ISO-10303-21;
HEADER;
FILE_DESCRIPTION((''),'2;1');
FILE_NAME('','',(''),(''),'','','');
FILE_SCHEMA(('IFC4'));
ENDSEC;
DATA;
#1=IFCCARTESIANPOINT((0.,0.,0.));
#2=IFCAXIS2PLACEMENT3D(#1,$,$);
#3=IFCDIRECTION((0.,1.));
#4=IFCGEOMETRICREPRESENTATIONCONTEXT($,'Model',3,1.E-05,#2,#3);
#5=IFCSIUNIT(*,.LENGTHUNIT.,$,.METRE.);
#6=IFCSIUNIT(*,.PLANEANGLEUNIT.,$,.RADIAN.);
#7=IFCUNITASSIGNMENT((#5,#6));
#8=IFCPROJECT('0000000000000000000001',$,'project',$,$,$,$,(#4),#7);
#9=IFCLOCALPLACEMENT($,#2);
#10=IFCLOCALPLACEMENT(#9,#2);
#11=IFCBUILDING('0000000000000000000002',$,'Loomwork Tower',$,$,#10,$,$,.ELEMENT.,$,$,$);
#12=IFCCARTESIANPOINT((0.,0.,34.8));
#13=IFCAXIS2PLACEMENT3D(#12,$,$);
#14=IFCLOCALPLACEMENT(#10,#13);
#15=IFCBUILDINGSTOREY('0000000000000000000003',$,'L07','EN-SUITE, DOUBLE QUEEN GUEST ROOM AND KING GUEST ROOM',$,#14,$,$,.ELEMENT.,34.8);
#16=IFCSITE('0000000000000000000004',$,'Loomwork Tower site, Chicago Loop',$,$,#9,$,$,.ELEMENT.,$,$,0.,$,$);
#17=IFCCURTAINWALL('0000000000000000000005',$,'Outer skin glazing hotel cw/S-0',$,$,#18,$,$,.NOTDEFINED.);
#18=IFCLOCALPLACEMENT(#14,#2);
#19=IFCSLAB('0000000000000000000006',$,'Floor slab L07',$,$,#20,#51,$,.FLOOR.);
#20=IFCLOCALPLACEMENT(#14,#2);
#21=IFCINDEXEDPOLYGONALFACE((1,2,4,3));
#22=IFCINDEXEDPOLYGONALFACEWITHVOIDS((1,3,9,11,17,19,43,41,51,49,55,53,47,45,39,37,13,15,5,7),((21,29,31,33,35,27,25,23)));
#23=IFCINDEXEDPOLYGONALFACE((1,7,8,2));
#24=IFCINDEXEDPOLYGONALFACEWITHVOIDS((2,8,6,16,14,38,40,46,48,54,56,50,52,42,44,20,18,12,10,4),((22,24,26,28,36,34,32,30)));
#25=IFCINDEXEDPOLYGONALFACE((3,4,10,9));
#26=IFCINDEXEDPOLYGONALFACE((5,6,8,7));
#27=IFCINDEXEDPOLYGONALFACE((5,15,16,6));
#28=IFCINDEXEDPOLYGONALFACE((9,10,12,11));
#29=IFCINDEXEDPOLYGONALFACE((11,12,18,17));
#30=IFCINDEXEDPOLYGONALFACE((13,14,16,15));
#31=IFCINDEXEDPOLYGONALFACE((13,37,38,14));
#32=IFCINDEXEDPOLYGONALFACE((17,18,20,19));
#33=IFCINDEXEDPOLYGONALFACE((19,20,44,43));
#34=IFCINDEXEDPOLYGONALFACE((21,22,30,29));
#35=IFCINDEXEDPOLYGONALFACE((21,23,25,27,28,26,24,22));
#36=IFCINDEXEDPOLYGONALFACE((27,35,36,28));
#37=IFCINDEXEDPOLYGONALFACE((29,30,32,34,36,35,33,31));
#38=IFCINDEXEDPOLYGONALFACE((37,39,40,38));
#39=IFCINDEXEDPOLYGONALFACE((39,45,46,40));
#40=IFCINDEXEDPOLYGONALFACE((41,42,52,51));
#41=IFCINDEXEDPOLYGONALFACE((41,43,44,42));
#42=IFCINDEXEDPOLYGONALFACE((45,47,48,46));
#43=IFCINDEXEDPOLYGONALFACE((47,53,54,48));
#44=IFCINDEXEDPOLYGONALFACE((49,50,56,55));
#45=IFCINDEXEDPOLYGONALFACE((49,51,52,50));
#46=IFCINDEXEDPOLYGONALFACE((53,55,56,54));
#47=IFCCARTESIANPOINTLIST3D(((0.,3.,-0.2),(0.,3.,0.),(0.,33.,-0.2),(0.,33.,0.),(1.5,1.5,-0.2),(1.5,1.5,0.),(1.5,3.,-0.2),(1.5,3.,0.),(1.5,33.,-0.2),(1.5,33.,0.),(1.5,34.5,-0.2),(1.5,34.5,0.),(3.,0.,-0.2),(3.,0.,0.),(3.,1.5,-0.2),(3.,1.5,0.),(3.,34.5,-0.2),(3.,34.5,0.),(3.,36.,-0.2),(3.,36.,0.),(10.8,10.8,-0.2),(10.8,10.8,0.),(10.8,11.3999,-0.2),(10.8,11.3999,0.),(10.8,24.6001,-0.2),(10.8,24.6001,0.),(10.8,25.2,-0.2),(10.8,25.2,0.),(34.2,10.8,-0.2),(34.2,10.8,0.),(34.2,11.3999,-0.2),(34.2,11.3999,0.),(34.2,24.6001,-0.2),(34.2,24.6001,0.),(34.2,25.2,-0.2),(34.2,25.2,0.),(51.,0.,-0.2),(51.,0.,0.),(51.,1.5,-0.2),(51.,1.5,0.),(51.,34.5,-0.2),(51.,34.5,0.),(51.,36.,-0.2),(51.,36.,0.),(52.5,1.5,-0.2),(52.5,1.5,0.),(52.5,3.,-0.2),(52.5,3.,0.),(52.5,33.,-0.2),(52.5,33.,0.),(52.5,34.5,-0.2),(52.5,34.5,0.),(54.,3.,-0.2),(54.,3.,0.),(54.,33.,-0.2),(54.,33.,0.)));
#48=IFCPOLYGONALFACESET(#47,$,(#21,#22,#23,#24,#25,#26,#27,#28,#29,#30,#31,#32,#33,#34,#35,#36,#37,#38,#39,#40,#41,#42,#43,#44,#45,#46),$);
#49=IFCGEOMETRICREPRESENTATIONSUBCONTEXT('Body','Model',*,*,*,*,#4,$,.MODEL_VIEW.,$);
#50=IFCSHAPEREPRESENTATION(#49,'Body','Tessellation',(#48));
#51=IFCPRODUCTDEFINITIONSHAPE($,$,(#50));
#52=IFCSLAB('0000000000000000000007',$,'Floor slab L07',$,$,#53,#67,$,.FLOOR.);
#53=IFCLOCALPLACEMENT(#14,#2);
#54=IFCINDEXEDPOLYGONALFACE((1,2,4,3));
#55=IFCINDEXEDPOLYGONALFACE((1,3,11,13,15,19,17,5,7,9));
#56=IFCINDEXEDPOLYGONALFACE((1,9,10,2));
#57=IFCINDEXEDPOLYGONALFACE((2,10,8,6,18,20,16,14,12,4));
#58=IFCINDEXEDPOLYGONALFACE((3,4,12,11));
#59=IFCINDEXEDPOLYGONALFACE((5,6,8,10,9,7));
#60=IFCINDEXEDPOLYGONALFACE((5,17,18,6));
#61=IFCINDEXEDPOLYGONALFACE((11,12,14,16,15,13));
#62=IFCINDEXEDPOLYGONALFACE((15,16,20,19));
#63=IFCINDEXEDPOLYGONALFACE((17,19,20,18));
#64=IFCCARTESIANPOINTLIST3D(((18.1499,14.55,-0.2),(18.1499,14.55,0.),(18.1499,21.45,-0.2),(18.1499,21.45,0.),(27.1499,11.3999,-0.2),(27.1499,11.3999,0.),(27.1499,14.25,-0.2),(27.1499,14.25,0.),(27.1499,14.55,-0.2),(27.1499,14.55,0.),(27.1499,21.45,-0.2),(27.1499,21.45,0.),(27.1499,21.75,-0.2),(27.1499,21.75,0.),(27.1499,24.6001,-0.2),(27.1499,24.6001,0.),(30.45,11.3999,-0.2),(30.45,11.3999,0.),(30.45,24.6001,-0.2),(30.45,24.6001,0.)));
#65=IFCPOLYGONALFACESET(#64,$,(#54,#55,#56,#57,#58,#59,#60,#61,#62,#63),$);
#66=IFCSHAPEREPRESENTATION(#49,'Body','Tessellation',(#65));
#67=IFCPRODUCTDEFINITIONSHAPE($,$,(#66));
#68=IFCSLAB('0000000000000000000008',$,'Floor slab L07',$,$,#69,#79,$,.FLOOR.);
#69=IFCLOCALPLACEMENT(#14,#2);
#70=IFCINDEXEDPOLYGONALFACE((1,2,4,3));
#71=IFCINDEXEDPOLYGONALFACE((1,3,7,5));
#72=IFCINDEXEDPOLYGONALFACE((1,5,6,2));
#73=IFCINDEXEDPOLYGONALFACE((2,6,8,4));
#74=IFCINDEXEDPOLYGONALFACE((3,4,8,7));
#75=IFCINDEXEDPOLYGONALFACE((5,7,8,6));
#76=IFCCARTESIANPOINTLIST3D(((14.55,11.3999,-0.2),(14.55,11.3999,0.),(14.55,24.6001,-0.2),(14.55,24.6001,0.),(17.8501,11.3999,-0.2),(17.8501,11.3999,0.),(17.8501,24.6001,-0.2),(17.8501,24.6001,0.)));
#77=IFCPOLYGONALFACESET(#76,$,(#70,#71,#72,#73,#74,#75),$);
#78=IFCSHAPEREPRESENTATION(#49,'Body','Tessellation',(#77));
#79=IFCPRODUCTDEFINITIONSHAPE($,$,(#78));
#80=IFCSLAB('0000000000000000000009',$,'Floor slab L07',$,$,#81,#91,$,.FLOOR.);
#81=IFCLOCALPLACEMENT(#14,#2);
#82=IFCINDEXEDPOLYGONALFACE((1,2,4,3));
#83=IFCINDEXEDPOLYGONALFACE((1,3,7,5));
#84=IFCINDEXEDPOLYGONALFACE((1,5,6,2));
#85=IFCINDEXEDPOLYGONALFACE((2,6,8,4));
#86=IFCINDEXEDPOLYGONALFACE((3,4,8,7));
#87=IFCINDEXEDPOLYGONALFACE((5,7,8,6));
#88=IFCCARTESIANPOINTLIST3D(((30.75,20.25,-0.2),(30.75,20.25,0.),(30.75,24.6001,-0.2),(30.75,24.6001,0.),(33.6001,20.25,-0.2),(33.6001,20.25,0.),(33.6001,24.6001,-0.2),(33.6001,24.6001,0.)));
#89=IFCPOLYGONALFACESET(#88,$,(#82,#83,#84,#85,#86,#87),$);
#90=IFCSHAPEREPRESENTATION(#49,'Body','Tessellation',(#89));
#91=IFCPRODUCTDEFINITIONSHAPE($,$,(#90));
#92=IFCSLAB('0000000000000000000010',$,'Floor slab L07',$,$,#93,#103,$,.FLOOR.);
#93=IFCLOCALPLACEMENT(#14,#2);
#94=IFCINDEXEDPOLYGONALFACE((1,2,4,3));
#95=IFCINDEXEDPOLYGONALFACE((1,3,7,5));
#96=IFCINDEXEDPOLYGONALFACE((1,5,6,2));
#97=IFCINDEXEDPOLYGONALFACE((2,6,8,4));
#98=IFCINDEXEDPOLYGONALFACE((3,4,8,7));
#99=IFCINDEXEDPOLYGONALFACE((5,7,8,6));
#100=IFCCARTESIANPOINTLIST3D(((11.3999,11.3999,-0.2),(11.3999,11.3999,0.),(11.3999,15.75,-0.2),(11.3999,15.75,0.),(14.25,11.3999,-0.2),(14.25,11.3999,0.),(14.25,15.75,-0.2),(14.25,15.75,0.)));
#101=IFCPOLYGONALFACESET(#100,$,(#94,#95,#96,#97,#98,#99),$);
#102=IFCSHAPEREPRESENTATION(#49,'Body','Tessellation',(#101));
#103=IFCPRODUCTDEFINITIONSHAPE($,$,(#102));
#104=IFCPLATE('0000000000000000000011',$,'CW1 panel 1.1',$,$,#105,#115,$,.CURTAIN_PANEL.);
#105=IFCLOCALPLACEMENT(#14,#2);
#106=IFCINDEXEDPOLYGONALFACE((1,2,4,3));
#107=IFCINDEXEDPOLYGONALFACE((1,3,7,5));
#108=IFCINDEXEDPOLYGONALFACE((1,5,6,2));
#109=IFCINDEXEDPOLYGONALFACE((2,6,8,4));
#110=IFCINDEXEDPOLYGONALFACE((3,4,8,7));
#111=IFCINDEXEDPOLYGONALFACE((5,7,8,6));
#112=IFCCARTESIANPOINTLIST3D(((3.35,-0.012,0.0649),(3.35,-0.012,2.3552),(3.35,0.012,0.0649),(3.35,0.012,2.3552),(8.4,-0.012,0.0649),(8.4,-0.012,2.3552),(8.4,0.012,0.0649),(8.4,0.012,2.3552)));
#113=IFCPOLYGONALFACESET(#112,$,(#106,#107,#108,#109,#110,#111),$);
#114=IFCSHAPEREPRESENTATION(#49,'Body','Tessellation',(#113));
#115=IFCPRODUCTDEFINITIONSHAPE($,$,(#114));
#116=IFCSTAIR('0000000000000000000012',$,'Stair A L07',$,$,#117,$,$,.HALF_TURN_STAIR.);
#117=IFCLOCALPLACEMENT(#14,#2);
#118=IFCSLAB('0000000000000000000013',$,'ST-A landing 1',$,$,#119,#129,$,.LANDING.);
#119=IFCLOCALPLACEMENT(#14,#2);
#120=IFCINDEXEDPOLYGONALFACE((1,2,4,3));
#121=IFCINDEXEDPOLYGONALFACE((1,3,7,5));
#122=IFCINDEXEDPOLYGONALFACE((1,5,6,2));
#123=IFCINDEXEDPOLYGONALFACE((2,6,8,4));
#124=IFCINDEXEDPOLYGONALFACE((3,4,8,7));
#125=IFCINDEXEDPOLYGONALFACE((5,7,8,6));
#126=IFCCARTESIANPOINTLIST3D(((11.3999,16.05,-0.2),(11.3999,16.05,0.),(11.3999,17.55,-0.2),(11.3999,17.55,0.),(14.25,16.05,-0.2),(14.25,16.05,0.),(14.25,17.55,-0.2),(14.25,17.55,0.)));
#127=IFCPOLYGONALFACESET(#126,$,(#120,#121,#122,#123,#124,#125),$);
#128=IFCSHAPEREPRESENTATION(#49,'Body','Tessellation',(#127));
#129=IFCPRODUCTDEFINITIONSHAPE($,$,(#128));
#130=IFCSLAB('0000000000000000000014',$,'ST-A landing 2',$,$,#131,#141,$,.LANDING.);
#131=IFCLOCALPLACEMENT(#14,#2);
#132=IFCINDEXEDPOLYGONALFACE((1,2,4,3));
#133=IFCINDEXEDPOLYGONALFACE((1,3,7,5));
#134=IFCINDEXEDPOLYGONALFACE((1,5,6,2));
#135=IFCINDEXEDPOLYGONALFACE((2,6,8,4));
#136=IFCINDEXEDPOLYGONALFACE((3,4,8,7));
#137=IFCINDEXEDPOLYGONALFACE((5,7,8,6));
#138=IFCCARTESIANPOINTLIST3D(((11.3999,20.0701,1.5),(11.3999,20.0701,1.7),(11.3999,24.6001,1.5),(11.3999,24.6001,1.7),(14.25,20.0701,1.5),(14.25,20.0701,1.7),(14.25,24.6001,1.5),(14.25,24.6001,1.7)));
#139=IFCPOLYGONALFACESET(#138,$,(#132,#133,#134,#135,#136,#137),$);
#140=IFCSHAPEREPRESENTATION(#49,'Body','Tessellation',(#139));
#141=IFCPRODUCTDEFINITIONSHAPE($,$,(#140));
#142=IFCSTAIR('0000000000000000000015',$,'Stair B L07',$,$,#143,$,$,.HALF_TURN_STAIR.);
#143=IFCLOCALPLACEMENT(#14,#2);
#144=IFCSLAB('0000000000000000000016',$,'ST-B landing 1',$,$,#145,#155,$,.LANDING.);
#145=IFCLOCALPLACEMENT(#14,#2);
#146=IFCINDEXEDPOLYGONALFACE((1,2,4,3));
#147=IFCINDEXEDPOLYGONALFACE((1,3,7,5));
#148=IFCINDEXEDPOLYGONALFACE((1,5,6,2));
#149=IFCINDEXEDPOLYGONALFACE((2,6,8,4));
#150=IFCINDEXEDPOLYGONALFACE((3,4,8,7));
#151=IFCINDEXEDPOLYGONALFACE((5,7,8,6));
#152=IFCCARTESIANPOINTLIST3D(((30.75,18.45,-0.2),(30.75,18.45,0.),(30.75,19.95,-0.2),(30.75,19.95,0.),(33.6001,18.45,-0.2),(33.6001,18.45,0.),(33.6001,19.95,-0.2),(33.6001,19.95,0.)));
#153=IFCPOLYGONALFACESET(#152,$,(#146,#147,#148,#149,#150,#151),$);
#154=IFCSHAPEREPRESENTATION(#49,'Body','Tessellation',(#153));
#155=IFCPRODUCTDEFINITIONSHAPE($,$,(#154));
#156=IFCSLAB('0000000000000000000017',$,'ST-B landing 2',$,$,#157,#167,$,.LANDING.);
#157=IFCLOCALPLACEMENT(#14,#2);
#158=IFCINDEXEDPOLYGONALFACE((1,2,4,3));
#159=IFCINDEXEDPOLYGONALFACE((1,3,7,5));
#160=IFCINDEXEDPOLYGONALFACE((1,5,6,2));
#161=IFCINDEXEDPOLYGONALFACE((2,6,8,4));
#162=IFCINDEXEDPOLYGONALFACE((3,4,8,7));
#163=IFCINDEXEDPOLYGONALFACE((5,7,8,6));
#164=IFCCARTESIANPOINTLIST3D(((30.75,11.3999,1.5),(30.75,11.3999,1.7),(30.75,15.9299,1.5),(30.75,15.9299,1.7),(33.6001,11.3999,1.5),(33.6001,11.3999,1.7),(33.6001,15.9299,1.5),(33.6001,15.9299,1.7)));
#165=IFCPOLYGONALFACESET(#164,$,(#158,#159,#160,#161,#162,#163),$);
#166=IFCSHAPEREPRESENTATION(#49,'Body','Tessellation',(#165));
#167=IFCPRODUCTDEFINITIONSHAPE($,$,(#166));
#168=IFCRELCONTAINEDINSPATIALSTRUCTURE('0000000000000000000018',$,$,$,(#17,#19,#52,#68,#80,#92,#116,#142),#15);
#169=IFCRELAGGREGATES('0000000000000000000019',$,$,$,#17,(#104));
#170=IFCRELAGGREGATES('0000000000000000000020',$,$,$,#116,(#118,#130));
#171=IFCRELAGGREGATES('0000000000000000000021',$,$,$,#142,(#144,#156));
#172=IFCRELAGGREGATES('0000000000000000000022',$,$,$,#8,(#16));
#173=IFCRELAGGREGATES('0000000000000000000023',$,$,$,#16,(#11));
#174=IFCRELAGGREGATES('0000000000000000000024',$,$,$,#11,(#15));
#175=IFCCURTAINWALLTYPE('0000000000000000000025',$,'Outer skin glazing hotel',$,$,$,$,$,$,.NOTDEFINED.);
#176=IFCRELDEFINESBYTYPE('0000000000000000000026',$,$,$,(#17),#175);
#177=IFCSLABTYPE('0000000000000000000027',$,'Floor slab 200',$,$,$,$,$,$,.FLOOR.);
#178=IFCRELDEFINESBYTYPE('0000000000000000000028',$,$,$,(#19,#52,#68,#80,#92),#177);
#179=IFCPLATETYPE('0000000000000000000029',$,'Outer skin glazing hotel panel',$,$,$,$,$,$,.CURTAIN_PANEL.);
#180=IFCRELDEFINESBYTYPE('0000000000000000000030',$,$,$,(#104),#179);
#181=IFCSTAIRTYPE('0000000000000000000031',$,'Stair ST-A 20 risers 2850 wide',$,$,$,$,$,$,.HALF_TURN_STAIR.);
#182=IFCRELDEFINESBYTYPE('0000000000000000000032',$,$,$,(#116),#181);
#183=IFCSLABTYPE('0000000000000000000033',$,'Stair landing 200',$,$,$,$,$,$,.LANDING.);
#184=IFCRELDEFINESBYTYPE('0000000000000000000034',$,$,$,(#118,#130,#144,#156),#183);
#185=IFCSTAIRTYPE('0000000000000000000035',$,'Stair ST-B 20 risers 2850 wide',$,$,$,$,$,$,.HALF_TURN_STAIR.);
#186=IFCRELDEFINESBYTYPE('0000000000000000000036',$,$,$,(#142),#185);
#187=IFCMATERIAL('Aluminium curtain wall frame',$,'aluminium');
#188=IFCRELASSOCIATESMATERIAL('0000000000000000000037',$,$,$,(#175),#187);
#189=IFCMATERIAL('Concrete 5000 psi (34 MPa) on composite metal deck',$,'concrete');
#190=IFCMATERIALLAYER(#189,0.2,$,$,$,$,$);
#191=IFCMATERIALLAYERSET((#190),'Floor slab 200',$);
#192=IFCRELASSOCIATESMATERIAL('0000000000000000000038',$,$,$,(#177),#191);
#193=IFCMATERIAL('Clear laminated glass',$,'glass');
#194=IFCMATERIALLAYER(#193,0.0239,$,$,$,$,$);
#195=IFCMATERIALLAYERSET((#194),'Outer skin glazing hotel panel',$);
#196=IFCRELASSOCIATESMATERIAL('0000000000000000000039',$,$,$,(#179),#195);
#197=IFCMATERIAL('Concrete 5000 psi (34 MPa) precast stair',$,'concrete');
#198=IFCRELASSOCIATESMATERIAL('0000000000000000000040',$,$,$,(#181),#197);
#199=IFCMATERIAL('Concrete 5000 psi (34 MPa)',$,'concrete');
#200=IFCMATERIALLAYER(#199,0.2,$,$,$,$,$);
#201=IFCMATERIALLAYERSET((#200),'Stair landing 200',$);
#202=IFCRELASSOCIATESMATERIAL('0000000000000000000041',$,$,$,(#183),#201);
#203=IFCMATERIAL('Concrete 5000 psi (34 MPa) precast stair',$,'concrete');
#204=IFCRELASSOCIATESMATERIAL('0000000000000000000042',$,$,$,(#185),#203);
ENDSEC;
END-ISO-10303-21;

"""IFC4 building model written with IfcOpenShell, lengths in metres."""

from ifc_helpers import new_model, si_unit, direction, frame, origin, origin_2d, place, context, subcontext, project, spatial, polyline, rectangle, outline, extrude, material, layer, layer_set, type_object, element, aggregate, save


model = new_model("IFC4")

# Units and contexts
model_context = context("Model", 3, precision=1e-05, world=origin(), true_north=direction((0.0, 1.0)))
body_context = subcontext(model_context, "Body", "Model", "MODEL_VIEW")
ifc_project = project(units=[si_unit("LENGTHUNIT", "METRE"), si_unit("PLANEANGLEUNIT", "RADIAN")], contexts=[model_context])

# Site, building, storey
site_placement = place(None, origin())
site = spatial("IfcSite", under=ifc_project, at=site_placement, Name="Loomwork Tower site, Chicago Loop", CompositionType="ELEMENT", RefElevation=0.0)
building_placement = place(site_placement, origin())
building = spatial("IfcBuilding", under=site, at=building_placement, Name="Loomwork Tower", CompositionType="ELEMENT")
storey_placement = place(building_placement, frame((0.0, 0.0, 34.8)))
storey = spatial("IfcBuildingStorey", under=building, at=storey_placement, Name="L07", Description="EN-SUITE, DOUBLE QUEEN GUEST ROOM AND KING GUEST ROOM", CompositionType="ELEMENT", Elevation=34.8)

# Curtain wall
ifc_material_1 = material(Name="Aluminium curtain wall frame", Category="aluminium")
curtain_wall_type = type_object("IfcCurtainWallType", Name="Outer skin glazing hotel", PredefinedType="NOTDEFINED", material=ifc_material_1)
curtain_wall_1_placement = place(storey_placement, origin())
curtain_wall_1 = element("IfcCurtainWall", 1, at=curtain_wall_1_placement, inside=storey, type_object=curtain_wall_type, Name="Outer skin glazing hotel cw/S-0", PredefinedType="NOTDEFINED")

# Slabs
ifc_material_2 = material(Name="Concrete 5000 psi (34 MPa) on composite metal deck", Category="concrete")
ifc_layer_1 = layer(ifc_material_2, 0.2)
ifc_layer_set_1 = layer_set([ifc_layer_1], Name="Floor slab 200")
slab_type_1 = type_object("IfcSlabType", Name="Floor slab 200", PredefinedType="FLOOR", material=ifc_layer_set_1)
slab_1_placement = place(storey_placement, frame((0.0, 0.0, -0.2)))
element("IfcSlab", 2, at=slab_1_placement, inside=storey, type_object=slab_type_1, Name="Floor slab L07", PredefinedType="FLOOR", context=body_context, shape_type="SweptSolid", body=[
    extrude(outline(polyline([(3.0, 1.5), (1.5, 1.5), (1.5, 3.0), (0.0, 3.0), (0.0, 33.0), (1.5, 33.0), (1.5, 34.5), (3.0, 34.5), (3.0, 36.0), (51.0, 36.0), (51.0, 34.5), (52.5, 34.5), (52.5, 33.0), (54.0, 33.0), (54.0, 3.0), (52.5, 3.0), (52.5, 1.5), (51.0, 1.5), (51.0, 0.0), (3.0, 0.0), (3.0, 1.5)]), holes=[polyline([(10.8, 11.3999), (10.8, 11.3999), (10.8, 10.8), (34.2, 10.8), (34.2, 11.3999), (34.2, 11.3999), (34.2, 24.6001), (34.2, 25.2), (10.8, 25.2), (10.8, 24.6001), (10.8, 11.3999)])]), origin(), (0.0, 0.0, 1.0), 0.2),
])
slab_2_placement = place(storey_placement, frame((0.0, 0.0, -0.2)))
element("IfcSlab", 3, at=slab_2_placement, inside=storey, type_object=slab_type_1, Name="Floor slab L07", PredefinedType="FLOOR", context=body_context, shape_type="SweptSolid", body=[
    extrude(outline(polyline([(30.45, 24.6001), (30.45, 11.3999), (27.1499, 11.3999), (27.1499, 14.25), (27.1499, 14.55), (18.1499, 14.55), (18.1499, 21.45), (27.1499, 21.45), (27.1499, 21.75), (27.1499, 24.6001), (30.45, 24.6001)])), origin(), (0.0, 0.0, 1.0), 0.2),
])
slab_3_placement = place(storey_placement, frame((0.0, 0.0, -0.2)))
element("IfcSlab", 4, at=slab_3_placement, inside=storey, type_object=slab_type_1, Name="Floor slab L07", PredefinedType="FLOOR", context=body_context, shape_type="SweptSolid", body=[
    extrude(outline(polyline([(14.55, 11.3999), (14.55, 24.6001), (17.8501, 24.6001), (17.8501, 11.3999), (14.55, 11.3999)])), origin(), (0.0, 0.0, 1.0), 0.2),
])
slab_4_placement = place(storey_placement, frame((0.0, 0.0, -0.2)))
element("IfcSlab", 5, at=slab_4_placement, inside=storey, type_object=slab_type_1, Name="Floor slab L07", PredefinedType="FLOOR", context=body_context, shape_type="SweptSolid", body=[
    extrude(outline(polyline([(33.6001, 20.25), (30.75, 20.25), (30.75, 24.6001), (33.6001, 24.6001), (33.6001, 20.25)])), origin(), (0.0, 0.0, 1.0), 0.2),
])
slab_5_placement = place(storey_placement, frame((0.0, 0.0, -0.2)))
element("IfcSlab", 6, at=slab_5_placement, inside=storey, type_object=slab_type_1, Name="Floor slab L07", PredefinedType="FLOOR", context=body_context, shape_type="SweptSolid", body=[
    extrude(outline(polyline([(14.25, 15.75), (14.25, 11.3999), (11.3999, 11.3999), (11.3999, 15.75), (14.25, 15.75)])), origin(), (0.0, 0.0, 1.0), 0.2),
])

# Plate
ifc_material_3 = material(Name="Clear laminated glass", Category="glass")
ifc_layer_2 = layer(ifc_material_3, 0.0239)
ifc_layer_set_2 = layer_set([ifc_layer_2], Name="Outer skin glazing hotel panel")
plate_type = type_object("IfcPlateType", Name="Outer skin glazing hotel panel", PredefinedType="CURTAIN_PANEL", material=ifc_layer_set_2)
plate_placement = place(storey_placement, frame((5.875, 0.0, 0.0649), z_axis=(0.0, 0.0, 1.0), x_axis=(1.0, 0.0, 0.0)))
plate = element("IfcPlate", 7, at=plate_placement, type_object=plate_type, Name="CW1 panel 1.1", PredefinedType="CURTAIN_PANEL", context=body_context, shape_type="SweptSolid", body=[
    extrude(rectangle(XDim=5.05, YDim=0.0239, at=origin_2d()), origin(), (0.0, 0.0, 1.0), 2.2903),
])
aggregate(curtain_wall_1, [plate])

# Stairs, slabs
ifc_material_4 = material(Name="Concrete 5000 psi (34 MPa) precast stair", Category="concrete")
stair_type_1 = type_object("IfcStairType", Name="Stair ST-A 20 risers 2850 wide", PredefinedType="HALF_TURN_STAIR", material=ifc_material_4)
stair_1_placement = place(storey_placement, origin())
stair_1 = element("IfcStair", 8, at=stair_1_placement, inside=storey, type_object=stair_type_1, Name="Stair A L07", PredefinedType="HALF_TURN_STAIR")
ifc_material_5 = material(Name="Concrete 5000 psi (34 MPa)", Category="concrete")
ifc_layer_3 = layer(ifc_material_5, 0.2)
ifc_layer_set_3 = layer_set([ifc_layer_3], Name="Stair landing 200")
slab_type_2 = type_object("IfcSlabType", Name="Stair landing 200", PredefinedType="LANDING", material=ifc_layer_set_3)
slab_6_placement = place(storey_placement, frame((0.0, 0.0, -0.2)))
slab_6 = element("IfcSlab", 9, at=slab_6_placement, type_object=slab_type_2, Name="ST-A landing 1", PredefinedType="LANDING", context=body_context, shape_type="SweptSolid", body=[
    extrude(outline(polyline([(11.3999, 16.05), (14.25, 16.05), (14.25, 17.55), (11.3999, 17.55), (11.3999, 16.05)])), origin(), (0.0, 0.0, 1.0), 0.2),
])
slab_7_placement = place(storey_placement, frame((0.0, 0.0, 1.5)))
slab_7 = element("IfcSlab", 10, at=slab_7_placement, type_object=slab_type_2, Name="ST-A landing 2", PredefinedType="LANDING", context=body_context, shape_type="SweptSolid", body=[
    extrude(outline(polyline([(11.3999, 20.0701), (14.25, 20.0701), (14.25, 24.6001), (11.3999, 24.6001), (11.3999, 20.0701)])), origin(), (0.0, 0.0, 1.0), 0.2),
])
aggregate(stair_1, [slab_6, slab_7])
ifc_material_6 = material(Name="Concrete 5000 psi (34 MPa) precast stair", Category="concrete")
stair_type_2 = type_object("IfcStairType", Name="Stair ST-B 20 risers 2850 wide", PredefinedType="HALF_TURN_STAIR", material=ifc_material_6)
stair_2_placement = place(storey_placement, origin())
stair_2 = element("IfcStair", 11, at=stair_2_placement, inside=storey, type_object=stair_type_2, Name="Stair B L07", PredefinedType="HALF_TURN_STAIR")
slab_8_placement = place(storey_placement, frame((0.0, 0.0, -0.2)))
slab_8 = element("IfcSlab", 12, at=slab_8_placement, type_object=slab_type_2, Name="ST-B landing 1", PredefinedType="LANDING", context=body_context, shape_type="SweptSolid", body=[
    extrude(outline(polyline([(30.75, 18.45), (33.6001, 18.45), (33.6001, 19.95), (30.75, 19.95), (30.75, 18.45)])), origin(), (0.0, 0.0, 1.0), 0.2),
])
slab_9_placement = place(storey_placement, frame((0.0, 0.0, 1.5)))
slab_9 = element("IfcSlab", 13, at=slab_9_placement, type_object=slab_type_2, Name="ST-B landing 2", PredefinedType="LANDING", context=body_context, shape_type="SweptSolid", body=[
    extrude(outline(polyline([(30.75, 11.3999), (33.6001, 11.3999), (33.6001, 15.9299), (30.75, 15.9299), (30.75, 11.3999)])), origin(), (0.0, 0.0, 1.0), 0.2),
])
aggregate(stair_2, [slab_8, slab_9])

save(model, "model.ifc")
